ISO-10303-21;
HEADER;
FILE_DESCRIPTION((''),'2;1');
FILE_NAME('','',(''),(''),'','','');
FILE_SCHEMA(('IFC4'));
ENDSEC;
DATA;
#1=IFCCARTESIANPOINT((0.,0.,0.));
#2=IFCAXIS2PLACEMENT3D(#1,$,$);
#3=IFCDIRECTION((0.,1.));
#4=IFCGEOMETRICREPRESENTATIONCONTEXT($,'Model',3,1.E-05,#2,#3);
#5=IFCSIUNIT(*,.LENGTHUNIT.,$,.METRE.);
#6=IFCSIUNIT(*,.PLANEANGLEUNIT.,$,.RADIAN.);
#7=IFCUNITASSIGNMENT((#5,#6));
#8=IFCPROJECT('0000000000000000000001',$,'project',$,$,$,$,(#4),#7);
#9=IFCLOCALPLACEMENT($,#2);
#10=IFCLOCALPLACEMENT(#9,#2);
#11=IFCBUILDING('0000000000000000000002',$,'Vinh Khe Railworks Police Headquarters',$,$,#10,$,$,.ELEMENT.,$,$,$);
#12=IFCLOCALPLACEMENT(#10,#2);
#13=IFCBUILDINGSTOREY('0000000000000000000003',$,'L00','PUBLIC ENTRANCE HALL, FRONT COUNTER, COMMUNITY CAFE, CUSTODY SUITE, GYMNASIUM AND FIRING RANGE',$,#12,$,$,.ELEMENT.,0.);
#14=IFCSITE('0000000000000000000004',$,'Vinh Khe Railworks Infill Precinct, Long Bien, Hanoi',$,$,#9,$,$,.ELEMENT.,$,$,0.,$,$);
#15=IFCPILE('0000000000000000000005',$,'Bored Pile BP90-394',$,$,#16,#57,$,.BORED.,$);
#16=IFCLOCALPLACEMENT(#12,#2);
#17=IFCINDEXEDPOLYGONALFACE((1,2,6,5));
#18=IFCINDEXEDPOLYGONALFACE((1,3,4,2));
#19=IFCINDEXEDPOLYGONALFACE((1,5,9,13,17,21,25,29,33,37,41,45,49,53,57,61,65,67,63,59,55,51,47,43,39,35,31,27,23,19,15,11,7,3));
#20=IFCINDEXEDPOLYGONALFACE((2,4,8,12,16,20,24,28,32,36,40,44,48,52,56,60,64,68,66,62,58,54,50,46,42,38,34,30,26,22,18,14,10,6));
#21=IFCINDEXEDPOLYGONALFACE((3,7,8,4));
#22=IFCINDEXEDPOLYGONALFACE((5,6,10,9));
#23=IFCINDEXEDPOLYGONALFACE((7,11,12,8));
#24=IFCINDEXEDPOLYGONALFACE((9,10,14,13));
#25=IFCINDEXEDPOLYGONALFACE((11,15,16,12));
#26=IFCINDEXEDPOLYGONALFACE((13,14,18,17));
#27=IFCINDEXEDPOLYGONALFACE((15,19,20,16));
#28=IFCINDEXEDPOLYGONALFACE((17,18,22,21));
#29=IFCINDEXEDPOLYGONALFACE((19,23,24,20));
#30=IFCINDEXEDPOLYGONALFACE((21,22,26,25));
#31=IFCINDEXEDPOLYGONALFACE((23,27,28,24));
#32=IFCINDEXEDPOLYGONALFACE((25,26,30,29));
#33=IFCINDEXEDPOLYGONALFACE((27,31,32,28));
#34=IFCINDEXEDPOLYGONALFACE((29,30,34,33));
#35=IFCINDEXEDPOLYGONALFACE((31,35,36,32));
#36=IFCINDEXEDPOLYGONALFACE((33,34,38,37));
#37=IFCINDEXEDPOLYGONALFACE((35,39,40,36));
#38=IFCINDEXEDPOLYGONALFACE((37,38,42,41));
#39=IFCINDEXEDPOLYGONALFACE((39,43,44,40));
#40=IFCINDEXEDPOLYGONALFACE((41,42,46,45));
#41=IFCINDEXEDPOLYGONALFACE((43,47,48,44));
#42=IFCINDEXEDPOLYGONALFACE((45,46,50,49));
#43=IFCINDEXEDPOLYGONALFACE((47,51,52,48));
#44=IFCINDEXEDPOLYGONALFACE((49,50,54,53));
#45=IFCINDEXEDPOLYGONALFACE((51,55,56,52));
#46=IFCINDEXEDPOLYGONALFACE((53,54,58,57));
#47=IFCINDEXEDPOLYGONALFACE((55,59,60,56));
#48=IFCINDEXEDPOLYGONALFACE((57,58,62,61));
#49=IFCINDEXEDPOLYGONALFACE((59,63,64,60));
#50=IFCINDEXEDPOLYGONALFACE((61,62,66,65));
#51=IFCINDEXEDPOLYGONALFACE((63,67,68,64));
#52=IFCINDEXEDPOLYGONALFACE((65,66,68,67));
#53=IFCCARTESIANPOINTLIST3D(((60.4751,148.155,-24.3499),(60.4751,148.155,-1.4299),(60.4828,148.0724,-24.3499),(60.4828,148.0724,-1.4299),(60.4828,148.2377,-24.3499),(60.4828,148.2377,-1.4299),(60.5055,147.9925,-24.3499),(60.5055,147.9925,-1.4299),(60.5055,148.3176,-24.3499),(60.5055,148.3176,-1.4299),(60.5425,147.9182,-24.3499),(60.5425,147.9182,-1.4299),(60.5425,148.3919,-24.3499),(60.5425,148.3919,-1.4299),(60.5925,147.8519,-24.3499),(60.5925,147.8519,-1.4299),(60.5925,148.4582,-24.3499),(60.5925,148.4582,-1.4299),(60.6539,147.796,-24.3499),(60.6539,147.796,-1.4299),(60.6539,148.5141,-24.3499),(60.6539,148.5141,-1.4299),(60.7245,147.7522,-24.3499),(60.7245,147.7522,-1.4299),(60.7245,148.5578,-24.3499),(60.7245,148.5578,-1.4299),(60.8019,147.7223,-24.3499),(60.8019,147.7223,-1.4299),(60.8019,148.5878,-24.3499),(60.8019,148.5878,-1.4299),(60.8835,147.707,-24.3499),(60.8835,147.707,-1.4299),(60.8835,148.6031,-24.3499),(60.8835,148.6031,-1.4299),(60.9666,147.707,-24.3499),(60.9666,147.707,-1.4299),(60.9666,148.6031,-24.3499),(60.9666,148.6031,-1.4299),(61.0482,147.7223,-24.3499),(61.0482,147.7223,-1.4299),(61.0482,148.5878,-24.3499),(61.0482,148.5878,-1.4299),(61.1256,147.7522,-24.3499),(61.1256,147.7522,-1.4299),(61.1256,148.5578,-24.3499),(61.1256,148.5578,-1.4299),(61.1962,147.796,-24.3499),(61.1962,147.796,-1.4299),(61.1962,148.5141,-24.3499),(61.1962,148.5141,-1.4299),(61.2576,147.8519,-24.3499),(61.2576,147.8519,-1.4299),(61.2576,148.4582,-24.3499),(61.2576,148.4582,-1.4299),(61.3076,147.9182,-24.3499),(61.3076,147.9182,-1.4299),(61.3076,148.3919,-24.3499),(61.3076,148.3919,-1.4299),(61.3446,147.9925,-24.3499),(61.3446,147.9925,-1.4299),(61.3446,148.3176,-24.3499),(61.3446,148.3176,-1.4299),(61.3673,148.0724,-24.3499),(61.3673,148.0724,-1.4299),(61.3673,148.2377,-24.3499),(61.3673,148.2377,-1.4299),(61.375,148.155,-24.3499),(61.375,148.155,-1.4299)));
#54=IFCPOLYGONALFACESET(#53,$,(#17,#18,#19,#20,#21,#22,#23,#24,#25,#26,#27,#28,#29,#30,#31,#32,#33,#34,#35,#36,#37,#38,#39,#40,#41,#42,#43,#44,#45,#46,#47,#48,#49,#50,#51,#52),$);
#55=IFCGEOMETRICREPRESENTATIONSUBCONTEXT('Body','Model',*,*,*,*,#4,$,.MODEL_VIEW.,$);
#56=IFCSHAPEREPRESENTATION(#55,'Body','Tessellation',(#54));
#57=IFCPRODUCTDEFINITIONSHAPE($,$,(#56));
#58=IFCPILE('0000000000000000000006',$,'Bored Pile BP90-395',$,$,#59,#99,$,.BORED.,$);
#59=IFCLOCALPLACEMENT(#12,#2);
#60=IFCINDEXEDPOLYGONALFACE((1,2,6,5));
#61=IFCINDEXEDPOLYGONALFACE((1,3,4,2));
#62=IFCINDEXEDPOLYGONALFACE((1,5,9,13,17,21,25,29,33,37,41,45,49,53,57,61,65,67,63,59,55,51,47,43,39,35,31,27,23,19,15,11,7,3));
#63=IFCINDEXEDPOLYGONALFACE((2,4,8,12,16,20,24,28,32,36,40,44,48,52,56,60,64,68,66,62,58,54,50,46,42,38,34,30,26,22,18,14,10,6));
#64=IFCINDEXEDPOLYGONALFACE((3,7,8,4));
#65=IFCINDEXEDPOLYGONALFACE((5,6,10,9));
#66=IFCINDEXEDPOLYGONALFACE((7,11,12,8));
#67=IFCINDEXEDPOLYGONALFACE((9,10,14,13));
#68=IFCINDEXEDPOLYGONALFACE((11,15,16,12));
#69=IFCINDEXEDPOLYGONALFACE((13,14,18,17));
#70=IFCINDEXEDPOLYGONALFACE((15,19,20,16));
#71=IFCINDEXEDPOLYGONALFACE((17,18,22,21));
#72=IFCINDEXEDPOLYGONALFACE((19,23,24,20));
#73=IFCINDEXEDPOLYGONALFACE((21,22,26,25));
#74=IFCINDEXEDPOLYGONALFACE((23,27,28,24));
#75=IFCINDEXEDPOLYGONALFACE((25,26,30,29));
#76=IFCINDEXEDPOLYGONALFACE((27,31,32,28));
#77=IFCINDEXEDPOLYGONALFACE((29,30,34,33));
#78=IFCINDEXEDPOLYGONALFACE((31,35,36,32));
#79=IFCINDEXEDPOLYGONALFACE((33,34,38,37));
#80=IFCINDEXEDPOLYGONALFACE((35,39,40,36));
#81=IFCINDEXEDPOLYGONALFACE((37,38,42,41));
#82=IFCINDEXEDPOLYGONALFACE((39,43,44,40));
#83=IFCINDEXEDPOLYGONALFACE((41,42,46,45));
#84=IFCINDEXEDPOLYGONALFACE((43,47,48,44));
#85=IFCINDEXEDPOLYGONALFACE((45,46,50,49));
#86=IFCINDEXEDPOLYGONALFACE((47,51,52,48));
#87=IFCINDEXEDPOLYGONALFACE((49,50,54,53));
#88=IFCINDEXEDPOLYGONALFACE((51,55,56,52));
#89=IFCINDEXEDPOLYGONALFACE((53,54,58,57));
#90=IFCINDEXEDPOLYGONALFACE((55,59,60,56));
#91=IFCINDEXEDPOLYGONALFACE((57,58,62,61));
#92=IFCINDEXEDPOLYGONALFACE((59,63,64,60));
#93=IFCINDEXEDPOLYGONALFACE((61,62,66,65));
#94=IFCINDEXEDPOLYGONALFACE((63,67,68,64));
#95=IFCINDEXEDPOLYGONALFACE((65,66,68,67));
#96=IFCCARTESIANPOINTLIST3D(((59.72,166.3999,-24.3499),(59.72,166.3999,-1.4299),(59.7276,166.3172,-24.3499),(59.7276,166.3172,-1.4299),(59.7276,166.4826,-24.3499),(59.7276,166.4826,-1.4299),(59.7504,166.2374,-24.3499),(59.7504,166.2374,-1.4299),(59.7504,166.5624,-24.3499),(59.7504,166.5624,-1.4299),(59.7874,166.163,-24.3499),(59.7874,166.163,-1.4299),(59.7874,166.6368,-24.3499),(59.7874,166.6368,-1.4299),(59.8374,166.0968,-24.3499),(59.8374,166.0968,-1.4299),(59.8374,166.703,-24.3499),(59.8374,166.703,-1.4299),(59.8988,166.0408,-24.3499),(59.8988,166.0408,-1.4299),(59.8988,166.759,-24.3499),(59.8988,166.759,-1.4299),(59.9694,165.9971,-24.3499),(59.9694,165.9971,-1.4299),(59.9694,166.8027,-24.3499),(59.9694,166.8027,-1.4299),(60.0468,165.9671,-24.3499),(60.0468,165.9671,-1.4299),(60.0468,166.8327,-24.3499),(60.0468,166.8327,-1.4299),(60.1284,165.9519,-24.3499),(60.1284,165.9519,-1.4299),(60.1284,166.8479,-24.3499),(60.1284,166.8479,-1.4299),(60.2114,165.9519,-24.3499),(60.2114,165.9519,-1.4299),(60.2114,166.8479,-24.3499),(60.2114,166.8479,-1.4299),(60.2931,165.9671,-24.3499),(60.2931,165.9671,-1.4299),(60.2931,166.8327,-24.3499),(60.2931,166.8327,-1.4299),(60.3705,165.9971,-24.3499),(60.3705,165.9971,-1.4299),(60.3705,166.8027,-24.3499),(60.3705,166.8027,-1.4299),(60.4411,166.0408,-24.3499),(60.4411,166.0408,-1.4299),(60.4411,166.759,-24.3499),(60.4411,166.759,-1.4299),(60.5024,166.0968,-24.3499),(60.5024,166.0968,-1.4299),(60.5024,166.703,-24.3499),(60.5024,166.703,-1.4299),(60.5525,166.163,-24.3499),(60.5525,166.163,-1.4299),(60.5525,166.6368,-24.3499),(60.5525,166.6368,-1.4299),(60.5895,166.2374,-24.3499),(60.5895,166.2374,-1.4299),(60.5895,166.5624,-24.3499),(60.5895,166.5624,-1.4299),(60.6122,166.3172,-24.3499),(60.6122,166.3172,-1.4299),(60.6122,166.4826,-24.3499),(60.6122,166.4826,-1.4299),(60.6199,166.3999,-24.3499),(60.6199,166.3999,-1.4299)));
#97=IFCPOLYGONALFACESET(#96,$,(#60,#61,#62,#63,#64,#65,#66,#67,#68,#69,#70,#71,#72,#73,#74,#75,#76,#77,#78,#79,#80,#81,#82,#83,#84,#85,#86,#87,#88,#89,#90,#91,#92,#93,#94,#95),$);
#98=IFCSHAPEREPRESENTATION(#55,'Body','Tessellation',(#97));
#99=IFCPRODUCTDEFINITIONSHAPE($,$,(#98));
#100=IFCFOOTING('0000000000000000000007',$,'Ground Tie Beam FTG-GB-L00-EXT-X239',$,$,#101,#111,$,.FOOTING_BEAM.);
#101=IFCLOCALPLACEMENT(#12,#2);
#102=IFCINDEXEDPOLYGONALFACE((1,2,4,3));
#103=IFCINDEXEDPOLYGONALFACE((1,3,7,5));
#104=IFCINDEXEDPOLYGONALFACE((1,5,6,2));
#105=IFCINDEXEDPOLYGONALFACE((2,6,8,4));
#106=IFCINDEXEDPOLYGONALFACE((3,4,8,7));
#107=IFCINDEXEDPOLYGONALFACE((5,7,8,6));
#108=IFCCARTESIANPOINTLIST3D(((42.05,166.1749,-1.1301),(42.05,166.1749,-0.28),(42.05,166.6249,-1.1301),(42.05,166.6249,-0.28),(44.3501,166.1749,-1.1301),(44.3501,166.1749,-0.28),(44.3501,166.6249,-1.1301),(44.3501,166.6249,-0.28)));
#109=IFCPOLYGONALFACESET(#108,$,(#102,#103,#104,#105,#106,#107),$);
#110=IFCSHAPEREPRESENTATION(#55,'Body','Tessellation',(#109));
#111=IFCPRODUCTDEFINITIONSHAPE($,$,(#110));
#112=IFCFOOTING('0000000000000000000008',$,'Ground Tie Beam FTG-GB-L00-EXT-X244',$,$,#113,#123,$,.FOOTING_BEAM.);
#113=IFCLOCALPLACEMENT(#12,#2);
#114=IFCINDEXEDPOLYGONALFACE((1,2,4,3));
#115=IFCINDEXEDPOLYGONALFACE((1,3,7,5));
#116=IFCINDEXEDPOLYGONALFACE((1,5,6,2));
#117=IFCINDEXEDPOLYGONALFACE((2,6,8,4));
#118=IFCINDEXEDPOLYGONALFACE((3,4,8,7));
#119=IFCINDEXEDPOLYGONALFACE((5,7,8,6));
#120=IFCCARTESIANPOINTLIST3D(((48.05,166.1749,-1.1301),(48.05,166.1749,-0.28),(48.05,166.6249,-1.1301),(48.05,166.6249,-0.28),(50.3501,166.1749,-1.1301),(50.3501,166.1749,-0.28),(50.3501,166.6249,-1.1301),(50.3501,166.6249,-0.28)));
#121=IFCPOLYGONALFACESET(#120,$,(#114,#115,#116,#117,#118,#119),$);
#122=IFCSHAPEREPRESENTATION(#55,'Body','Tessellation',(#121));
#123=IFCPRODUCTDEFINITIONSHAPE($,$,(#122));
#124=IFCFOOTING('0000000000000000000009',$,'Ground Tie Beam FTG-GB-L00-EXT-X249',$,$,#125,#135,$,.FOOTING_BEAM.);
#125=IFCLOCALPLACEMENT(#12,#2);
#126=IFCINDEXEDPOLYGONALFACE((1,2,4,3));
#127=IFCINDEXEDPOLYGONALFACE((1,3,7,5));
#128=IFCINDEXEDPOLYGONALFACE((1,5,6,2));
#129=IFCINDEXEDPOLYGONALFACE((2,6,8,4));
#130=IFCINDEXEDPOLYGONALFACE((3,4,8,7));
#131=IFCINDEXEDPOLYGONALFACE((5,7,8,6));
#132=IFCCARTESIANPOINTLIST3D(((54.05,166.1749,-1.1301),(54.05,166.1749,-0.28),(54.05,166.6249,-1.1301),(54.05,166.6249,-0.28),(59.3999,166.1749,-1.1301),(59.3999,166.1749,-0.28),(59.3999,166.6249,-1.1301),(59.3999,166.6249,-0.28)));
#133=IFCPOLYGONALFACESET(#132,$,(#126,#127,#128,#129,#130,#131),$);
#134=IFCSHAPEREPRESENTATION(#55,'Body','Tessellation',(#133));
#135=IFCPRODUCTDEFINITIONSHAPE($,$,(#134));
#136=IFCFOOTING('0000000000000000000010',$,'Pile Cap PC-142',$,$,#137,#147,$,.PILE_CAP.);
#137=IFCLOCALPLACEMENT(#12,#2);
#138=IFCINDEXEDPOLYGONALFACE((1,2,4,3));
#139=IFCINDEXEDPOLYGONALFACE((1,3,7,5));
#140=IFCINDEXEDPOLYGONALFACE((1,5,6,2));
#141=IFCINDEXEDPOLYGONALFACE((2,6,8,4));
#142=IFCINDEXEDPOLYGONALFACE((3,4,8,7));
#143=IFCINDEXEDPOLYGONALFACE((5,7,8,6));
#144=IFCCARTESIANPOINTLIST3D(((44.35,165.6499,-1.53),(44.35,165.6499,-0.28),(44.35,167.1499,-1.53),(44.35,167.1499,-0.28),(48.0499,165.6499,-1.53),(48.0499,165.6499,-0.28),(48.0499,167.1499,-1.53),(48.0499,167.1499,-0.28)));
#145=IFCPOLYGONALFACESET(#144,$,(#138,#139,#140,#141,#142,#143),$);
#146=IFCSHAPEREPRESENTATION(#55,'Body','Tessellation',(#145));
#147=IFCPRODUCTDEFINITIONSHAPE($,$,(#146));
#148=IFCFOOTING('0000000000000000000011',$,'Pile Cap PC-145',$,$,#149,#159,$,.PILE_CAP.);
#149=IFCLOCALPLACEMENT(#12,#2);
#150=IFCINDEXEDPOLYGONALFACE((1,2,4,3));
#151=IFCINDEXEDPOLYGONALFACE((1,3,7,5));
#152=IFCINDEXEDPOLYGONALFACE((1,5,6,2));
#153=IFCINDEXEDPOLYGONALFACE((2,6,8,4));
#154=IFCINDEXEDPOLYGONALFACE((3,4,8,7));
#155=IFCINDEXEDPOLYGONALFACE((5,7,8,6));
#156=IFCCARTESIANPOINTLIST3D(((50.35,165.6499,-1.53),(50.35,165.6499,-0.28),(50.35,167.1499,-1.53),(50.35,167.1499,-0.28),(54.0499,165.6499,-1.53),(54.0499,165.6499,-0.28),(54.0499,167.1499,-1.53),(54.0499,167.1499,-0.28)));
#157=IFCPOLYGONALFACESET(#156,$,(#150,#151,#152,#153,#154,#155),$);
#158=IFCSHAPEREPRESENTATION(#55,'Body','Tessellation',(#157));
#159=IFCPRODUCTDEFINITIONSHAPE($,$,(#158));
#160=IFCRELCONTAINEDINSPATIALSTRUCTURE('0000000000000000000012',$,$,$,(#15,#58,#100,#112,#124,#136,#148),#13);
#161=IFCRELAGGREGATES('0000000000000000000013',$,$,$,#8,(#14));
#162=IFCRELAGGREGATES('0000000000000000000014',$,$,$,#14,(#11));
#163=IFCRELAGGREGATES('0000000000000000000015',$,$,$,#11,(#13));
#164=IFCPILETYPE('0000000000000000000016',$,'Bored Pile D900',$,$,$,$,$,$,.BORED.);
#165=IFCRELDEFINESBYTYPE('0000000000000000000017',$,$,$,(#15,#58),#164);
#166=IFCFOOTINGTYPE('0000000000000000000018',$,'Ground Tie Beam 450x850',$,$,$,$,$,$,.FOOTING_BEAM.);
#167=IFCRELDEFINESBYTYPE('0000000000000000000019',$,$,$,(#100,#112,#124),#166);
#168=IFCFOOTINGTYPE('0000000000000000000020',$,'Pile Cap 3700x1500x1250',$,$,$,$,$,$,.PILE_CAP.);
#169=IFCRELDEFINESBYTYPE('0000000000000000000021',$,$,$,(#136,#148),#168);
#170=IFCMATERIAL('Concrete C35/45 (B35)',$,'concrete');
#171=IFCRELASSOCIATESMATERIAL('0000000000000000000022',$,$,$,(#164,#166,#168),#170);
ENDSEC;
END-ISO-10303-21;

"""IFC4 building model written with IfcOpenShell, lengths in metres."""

from ifc_helpers import new_model, si_unit, direction, frame, origin, origin_2d, place, context, subcontext, project, spatial, rectangle, circle, extrude, material, material_profile, profile_set, type_object, element, save


model = new_model("IFC4")

# Units and contexts
model_context = context("Model", 3, precision=1e-05, world=origin(), true_north=direction((0.0, 1.0)))
body_context = subcontext(model_context, "Body", "Model", "MODEL_VIEW")
ifc_project = project(units=[si_unit("LENGTHUNIT", "METRE"), si_unit("PLANEANGLEUNIT", "RADIAN")], contexts=[model_context])

# Site, building, storey
site_placement = place(None, origin())
site = spatial("IfcSite", under=ifc_project, at=site_placement, Name="Vinh Khe Railworks Infill Precinct, Long Bien, Hanoi", CompositionType="ELEMENT", RefElevation=0.0)
building_placement = place(site_placement, origin())
building = spatial("IfcBuilding", under=site, at=building_placement, Name="Vinh Khe Railworks Police Headquarters", CompositionType="ELEMENT")
storey_placement = place(building_placement, origin())
storey = spatial("IfcBuildingStorey", under=building, at=storey_placement, Name="L00", Description="PUBLIC ENTRANCE HALL, FRONT COUNTER, COMMUNITY CAFE, CUSTODY SUITE, GYMNASIUM AND FIRING RANGE", CompositionType="ELEMENT", Elevation=0.0)

# Piles
ifc_material_1 = material(Name="Concrete C35/45 (B35)", Category="concrete")
ifc_material_profile_1 = material_profile(ifc_material_1, circle(Radius=0.45, at=origin_2d()), Name="BORED PILE D900")
ifc_profile_set_1 = profile_set([ifc_material_profile_1], Name="Concrete C35/45 (B35)")
pile_type_1 = type_object("IfcPileType", Name="Bored Pile D900", PredefinedType="BORED", material=ifc_profile_set_1)
for number, where, z_axis, x_axis, name in (
    (1, (60.925, 148.155, -1.4299), (0.0, 0.0, -1.0), (1.0, 0.0, 0.0), "Bored Pile BP90-394"),
    (2, (60.1699, 166.3999, -1.4299), (0.0, 0.0, -1.0), (1.0, 0.0, 0.0), "Bored Pile BP90-395"),
):
    element("IfcPile", number, at=place(storey_placement, frame(where, z_axis=z_axis, x_axis=x_axis)), inside=storey, type_object=pile_type_1, Name=name, PredefinedType="BORED", context=body_context, shape_type="SweptSolid", body=[
        extrude(circle(Radius=0.45, at=origin_2d()), origin(), (0.0, 0.0, 1.0), 22.9199),
    ])

# Footings
ifc_material_profile_2 = material_profile(ifc_material_1, rectangle(XDim=0.45, YDim=0.8501, at=origin_2d()), Name="RC 450x850")
ifc_profile_set_2 = profile_set([ifc_material_profile_2], Name="Concrete C35/45 (B35)")
footing_type_1 = type_object("IfcFootingType", Name="Ground Tie Beam 450x850", PredefinedType="FOOTING_BEAM", material=ifc_profile_set_2)
for number, where, z_axis, x_axis, name in (
    (3, (42.05, 166.3999, -0.7051), (1.0, 0.0, 0.0), (0.0, 1.0, 0.0), "Ground Tie Beam FTG-GB-L00-EXT-X239"),
    (4, (48.05, 166.3999, -0.7051), (1.0, 0.0, 0.0), (0.0, 1.0, 0.0), "Ground Tie Beam FTG-GB-L00-EXT-X244"),
):
    element("IfcFooting", number, at=place(storey_placement, frame(where, z_axis=z_axis, x_axis=x_axis)), inside=storey, type_object=footing_type_1, Name=name, PredefinedType="FOOTING_BEAM", context=body_context, shape_type="SweptSolid", body=[
        extrude(rectangle(XDim=0.45, YDim=0.8501, at=origin_2d()), origin(), (0.0, 0.0, 1.0), 2.3),
    ])
footing_placement = place(storey_placement, frame((54.05, 166.3999, -0.7051), z_axis=(1.0, 0.0, 0.0), x_axis=(0.0, 1.0, 0.0)))
element("IfcFooting", 5, at=footing_placement, inside=storey, type_object=footing_type_1, Name="Ground Tie Beam FTG-GB-L00-EXT-X249", PredefinedType="FOOTING_BEAM", context=body_context, shape_type="SweptSolid", body=[
    extrude(rectangle(XDim=0.45, YDim=0.8501, at=origin_2d()), origin(), (0.0, 0.0, 1.0), 5.3499),
])
footing_type_2 = type_object("IfcFootingType", Name="Pile Cap 3700x1500x1250", PredefinedType="PILE_CAP", material=ifc_material_1)
for number, where, z_axis, x_axis, name in (
    (6, (46.2, 166.3999, -1.53), (0.0, 0.0, 1.0), (1.0, 0.0, 0.0), "Pile Cap PC-142"),
    (7, (52.2, 166.3999, -1.53), (0.0, 0.0, 1.0), (1.0, 0.0, 0.0), "Pile Cap PC-145"),
):
    element("IfcFooting", number, at=place(storey_placement, frame(where, z_axis=z_axis, x_axis=x_axis)), inside=storey, type_object=footing_type_2, Name=name, PredefinedType="PILE_CAP", context=body_context, shape_type="SweptSolid", body=[
        extrude(rectangle(XDim=3.7, YDim=1.5, at=origin_2d()), origin(), (0.0, 0.0, 1.0), 1.25),
    ])

save(model, "model.ifc")
